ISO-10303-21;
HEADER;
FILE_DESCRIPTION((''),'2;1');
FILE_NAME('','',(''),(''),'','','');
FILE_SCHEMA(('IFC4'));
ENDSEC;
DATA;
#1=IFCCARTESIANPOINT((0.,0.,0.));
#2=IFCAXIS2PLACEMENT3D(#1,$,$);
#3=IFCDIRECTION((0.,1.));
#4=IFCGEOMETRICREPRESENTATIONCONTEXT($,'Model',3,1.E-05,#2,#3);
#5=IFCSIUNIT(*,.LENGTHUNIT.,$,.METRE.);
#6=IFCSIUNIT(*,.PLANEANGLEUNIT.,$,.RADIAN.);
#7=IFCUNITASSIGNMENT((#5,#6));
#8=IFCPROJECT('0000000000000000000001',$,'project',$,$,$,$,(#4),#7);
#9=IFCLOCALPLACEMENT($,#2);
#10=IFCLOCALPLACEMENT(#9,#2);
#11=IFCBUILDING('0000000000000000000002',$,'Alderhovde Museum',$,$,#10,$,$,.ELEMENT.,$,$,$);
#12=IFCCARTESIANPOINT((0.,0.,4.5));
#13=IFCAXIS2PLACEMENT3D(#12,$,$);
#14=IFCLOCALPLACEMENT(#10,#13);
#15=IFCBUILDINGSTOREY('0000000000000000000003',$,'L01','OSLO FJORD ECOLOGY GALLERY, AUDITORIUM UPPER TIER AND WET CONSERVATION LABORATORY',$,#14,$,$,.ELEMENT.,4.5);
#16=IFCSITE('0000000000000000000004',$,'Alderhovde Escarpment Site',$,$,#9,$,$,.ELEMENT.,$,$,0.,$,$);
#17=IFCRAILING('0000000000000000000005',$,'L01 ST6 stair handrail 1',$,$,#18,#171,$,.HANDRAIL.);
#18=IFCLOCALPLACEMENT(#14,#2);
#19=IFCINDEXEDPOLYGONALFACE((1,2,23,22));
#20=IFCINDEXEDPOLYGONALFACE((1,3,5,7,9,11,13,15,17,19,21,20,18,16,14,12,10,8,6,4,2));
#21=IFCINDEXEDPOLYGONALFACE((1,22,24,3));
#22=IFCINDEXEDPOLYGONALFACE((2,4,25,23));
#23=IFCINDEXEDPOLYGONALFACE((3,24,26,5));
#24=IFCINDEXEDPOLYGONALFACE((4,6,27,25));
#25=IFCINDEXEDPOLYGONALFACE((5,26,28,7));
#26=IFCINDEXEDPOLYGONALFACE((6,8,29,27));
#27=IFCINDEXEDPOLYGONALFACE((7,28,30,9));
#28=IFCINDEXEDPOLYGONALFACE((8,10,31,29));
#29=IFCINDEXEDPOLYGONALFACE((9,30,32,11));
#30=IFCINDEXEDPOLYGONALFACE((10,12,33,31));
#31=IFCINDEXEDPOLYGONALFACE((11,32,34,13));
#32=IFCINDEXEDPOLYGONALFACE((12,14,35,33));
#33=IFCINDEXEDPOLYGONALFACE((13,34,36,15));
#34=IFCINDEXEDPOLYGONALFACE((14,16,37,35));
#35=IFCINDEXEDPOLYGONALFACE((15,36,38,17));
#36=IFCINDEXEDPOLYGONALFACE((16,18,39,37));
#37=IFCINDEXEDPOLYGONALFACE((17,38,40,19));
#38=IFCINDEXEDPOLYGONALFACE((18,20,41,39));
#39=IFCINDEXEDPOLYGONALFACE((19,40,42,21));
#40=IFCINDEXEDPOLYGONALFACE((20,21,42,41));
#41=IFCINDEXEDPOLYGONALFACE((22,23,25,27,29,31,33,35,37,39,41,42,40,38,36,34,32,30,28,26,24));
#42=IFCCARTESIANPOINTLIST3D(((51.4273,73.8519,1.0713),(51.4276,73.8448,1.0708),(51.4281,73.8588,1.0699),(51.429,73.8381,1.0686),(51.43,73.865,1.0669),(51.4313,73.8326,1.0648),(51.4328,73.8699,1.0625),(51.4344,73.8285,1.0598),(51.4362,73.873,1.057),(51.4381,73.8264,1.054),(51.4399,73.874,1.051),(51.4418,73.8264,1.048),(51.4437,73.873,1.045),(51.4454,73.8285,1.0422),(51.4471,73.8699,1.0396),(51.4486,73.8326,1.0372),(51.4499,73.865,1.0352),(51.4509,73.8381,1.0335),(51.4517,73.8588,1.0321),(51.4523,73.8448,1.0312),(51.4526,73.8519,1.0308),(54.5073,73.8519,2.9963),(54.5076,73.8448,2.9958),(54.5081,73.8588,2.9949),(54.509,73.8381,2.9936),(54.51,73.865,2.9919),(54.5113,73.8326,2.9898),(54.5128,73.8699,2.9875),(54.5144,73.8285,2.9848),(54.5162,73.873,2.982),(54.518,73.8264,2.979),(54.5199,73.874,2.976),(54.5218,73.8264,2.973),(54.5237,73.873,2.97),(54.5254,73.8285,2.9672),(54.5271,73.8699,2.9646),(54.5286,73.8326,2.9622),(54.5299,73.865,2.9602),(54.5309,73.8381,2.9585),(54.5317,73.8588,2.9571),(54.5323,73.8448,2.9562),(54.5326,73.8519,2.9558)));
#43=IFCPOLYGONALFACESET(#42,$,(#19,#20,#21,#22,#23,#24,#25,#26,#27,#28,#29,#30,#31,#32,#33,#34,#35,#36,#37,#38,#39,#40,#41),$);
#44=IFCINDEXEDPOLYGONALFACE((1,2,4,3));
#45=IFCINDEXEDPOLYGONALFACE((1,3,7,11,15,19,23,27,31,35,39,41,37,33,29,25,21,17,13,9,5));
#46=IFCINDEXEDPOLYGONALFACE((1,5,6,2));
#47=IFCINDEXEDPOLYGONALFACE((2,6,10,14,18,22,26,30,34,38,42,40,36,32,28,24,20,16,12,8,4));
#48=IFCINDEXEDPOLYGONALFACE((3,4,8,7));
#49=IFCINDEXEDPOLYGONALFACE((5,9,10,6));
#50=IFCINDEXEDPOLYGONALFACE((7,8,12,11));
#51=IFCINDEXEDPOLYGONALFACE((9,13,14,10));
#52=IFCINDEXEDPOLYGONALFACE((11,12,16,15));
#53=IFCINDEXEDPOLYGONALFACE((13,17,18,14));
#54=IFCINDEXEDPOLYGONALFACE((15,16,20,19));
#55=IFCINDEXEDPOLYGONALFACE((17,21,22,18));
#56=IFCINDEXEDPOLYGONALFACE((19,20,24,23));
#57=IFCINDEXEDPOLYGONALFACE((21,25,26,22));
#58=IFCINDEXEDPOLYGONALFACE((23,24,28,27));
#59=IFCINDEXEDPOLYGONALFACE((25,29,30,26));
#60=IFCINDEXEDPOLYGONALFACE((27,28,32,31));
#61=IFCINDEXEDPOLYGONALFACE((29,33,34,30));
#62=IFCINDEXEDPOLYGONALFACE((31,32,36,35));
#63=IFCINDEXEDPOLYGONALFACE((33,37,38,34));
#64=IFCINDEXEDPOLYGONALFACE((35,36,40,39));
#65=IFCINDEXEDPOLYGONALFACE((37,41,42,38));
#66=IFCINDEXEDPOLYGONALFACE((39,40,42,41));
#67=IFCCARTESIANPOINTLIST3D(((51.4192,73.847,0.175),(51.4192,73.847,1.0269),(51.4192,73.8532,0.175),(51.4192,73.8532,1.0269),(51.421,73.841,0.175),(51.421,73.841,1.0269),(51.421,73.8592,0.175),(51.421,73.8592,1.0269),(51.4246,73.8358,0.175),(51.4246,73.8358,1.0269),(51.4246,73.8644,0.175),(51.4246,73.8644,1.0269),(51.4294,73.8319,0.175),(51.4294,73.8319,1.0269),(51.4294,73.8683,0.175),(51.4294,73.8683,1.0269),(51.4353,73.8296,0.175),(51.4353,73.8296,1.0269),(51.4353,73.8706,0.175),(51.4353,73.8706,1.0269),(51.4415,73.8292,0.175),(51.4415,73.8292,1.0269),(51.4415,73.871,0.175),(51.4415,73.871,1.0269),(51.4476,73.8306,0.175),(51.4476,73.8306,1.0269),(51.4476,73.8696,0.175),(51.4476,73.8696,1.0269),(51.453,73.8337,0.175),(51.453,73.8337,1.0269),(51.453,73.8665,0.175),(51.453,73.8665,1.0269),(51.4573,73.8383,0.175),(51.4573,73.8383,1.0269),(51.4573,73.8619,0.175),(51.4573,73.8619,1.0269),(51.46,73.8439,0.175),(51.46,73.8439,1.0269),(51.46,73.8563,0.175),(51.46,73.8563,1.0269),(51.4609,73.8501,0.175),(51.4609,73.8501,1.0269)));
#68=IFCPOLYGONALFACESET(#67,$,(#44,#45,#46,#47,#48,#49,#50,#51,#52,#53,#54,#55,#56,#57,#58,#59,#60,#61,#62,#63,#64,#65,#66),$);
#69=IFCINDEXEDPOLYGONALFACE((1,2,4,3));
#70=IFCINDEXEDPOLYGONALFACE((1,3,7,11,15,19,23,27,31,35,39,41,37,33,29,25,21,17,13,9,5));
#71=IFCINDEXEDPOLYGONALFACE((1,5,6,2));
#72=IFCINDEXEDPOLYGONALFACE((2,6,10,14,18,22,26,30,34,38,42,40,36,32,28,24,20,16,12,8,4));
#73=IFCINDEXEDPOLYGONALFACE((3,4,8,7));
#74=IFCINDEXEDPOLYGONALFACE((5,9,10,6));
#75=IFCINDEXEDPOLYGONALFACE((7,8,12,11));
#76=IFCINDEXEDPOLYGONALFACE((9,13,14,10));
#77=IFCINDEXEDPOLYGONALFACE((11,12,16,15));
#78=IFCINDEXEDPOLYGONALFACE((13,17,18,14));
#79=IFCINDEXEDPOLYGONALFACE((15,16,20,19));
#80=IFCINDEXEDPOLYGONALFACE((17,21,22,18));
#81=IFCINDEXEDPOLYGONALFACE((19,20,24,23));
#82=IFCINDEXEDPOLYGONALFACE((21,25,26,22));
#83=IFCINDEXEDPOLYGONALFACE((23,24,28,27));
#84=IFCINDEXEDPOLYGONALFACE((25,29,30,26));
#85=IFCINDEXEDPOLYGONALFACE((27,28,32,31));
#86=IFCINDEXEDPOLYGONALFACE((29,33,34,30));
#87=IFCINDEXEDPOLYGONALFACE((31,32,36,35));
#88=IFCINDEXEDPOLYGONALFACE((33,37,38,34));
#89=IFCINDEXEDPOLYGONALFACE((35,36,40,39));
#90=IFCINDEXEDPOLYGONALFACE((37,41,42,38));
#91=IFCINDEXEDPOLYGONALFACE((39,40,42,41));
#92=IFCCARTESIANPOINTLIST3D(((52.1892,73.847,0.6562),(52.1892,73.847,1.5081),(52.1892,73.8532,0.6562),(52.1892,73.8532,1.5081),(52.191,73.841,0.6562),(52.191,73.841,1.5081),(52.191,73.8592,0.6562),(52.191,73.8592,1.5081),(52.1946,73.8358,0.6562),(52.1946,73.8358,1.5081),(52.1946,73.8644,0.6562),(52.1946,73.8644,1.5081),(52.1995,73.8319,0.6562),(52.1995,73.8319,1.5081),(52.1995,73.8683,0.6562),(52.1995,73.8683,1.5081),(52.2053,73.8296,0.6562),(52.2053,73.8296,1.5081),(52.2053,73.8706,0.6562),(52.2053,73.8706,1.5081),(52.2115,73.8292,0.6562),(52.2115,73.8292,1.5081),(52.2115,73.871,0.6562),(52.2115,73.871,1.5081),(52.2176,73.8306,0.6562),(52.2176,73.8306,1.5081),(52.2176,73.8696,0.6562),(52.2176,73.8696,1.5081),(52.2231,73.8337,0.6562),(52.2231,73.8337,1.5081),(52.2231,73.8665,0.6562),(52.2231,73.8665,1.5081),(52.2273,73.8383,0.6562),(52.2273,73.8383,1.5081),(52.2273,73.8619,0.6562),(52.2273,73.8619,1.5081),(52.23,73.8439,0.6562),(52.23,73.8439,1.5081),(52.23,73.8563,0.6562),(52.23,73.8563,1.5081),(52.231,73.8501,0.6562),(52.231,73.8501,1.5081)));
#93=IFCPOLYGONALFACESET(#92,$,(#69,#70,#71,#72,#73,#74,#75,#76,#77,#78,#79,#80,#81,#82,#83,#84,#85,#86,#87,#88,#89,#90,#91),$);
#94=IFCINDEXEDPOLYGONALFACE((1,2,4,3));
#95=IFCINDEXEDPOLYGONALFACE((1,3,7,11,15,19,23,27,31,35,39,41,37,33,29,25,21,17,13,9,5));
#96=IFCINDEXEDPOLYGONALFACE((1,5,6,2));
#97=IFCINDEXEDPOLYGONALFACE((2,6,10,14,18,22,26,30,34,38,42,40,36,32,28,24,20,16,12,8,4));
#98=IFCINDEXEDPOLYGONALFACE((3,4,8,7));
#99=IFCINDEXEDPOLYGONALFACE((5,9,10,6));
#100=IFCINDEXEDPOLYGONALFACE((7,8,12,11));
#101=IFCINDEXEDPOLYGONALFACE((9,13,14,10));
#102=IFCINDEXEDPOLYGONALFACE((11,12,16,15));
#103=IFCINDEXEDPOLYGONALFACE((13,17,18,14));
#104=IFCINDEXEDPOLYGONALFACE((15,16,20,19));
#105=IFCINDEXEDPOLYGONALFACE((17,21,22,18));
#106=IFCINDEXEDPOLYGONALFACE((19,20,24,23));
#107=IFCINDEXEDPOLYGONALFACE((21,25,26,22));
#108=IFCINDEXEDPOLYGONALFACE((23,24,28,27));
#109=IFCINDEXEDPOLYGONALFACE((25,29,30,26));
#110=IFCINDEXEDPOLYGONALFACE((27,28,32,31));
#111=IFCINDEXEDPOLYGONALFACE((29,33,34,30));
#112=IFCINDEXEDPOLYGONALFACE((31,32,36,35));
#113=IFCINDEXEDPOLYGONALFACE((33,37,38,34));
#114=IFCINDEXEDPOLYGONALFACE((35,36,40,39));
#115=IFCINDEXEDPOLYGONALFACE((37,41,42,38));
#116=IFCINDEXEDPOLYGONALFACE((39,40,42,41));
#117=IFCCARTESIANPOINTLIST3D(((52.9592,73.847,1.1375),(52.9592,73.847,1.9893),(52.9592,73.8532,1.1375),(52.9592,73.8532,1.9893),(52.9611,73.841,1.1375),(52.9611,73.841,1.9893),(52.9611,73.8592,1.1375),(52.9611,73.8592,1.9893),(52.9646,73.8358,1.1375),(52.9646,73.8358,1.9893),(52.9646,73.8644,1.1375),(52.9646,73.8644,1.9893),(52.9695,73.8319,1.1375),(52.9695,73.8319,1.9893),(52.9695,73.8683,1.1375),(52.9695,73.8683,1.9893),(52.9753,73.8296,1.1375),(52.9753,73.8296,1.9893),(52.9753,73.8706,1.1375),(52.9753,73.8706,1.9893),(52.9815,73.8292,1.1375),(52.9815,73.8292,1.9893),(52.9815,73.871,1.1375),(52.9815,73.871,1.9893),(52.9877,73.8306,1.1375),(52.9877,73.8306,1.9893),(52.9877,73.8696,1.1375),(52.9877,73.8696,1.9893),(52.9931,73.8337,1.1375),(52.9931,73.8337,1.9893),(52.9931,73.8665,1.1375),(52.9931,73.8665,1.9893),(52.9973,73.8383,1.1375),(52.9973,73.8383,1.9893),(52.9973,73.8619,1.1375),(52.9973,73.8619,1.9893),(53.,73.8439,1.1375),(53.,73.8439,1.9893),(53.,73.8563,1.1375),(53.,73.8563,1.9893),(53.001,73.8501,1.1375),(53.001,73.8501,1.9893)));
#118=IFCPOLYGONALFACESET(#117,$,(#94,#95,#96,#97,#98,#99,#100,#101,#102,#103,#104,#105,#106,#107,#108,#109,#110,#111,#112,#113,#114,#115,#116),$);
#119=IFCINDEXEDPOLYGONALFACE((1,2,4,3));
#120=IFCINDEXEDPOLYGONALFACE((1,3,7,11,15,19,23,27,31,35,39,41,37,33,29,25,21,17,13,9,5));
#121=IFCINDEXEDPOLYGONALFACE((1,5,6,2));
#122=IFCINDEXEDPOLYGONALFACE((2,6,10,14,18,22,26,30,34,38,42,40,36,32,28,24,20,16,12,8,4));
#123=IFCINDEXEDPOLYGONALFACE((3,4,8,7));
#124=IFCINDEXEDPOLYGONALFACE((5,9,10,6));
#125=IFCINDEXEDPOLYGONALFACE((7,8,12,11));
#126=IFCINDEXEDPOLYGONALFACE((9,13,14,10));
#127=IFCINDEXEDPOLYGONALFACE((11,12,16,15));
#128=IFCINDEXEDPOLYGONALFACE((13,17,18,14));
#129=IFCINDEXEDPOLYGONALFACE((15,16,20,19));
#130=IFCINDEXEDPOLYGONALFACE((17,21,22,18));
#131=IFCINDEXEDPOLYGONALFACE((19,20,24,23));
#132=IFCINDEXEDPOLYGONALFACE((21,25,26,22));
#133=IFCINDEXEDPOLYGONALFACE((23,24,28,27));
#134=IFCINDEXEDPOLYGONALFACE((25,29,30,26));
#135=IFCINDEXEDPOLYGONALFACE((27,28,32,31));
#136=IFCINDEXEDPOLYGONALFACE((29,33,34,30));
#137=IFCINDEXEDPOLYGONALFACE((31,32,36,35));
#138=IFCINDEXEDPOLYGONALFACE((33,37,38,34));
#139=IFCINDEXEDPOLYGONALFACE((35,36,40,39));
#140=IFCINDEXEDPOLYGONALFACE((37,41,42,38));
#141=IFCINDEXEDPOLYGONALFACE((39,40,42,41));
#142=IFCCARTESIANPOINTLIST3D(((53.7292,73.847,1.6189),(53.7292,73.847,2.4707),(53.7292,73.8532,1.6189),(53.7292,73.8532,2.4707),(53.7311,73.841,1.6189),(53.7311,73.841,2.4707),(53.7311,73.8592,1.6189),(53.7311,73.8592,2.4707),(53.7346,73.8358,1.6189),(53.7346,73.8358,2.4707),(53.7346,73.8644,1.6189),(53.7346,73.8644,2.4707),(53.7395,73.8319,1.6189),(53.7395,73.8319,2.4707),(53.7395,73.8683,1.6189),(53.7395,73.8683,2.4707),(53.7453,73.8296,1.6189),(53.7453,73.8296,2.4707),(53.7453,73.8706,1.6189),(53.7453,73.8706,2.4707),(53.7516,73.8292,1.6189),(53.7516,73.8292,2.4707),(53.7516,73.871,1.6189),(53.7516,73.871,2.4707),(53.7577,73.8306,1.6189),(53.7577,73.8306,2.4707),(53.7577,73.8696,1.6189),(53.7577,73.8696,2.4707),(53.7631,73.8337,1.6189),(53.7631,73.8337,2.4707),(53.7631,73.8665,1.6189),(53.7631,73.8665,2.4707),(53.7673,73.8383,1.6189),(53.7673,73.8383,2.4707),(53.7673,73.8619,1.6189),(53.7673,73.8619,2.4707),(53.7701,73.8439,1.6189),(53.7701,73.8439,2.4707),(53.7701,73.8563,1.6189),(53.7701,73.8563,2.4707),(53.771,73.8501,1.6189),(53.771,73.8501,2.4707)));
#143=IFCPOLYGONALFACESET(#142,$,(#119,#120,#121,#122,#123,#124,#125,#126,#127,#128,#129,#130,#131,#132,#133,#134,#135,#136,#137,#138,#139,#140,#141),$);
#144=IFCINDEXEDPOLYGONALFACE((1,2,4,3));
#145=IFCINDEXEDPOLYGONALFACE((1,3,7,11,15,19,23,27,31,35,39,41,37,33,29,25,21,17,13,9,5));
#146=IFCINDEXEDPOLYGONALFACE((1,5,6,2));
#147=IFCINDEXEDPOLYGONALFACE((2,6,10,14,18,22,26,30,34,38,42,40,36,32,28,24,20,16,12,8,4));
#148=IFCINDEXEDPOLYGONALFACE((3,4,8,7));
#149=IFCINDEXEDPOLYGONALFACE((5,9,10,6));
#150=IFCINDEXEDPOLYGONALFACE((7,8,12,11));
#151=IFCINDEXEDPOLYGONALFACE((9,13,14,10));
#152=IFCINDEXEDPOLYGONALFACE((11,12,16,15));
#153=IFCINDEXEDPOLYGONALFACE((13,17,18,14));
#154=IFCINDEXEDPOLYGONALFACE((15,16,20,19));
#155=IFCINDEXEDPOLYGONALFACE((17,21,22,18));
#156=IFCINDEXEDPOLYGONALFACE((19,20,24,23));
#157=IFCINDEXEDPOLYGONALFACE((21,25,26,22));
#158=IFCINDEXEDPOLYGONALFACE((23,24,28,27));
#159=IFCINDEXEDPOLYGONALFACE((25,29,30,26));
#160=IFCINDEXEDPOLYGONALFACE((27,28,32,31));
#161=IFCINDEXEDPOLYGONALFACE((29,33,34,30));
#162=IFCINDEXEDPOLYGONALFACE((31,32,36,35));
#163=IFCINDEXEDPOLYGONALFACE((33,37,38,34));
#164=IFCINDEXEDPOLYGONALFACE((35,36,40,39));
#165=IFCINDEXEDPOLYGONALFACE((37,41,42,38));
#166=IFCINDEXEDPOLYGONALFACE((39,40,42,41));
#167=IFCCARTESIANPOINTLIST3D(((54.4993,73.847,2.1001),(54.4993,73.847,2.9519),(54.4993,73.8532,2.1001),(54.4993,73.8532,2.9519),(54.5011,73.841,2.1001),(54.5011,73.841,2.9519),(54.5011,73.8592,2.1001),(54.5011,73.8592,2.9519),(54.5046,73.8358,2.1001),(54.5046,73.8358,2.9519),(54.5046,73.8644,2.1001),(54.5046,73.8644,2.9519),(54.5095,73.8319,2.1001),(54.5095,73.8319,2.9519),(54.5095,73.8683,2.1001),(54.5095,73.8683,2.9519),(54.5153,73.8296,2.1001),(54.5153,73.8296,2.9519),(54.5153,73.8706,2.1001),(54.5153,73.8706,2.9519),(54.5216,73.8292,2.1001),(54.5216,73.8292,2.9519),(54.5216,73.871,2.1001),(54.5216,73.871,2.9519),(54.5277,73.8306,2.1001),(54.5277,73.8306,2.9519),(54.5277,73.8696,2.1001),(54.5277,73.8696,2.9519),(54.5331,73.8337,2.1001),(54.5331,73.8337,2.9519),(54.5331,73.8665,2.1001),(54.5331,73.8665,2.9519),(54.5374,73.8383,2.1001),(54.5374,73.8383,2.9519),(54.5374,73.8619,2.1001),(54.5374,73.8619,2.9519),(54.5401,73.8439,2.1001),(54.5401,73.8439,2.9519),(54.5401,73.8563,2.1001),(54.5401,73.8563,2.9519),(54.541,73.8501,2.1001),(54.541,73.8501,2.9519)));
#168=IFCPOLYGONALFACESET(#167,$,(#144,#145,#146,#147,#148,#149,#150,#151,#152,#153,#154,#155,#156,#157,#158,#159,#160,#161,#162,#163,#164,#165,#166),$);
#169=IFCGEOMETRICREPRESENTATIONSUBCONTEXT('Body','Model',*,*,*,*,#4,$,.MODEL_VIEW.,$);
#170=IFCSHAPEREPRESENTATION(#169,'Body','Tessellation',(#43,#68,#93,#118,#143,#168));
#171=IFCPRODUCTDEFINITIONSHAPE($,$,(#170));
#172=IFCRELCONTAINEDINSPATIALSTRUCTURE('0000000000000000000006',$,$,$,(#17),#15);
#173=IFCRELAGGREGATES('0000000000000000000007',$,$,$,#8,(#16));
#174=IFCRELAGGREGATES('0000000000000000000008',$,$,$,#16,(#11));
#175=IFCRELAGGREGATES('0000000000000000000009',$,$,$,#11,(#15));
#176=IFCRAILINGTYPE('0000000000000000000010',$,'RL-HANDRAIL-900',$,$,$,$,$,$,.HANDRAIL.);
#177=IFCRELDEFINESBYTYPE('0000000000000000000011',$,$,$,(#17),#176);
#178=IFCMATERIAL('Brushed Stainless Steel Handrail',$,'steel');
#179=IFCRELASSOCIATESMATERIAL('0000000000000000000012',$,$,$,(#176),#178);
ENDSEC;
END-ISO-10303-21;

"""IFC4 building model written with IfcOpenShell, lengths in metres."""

from ifc_helpers import new_model, si_unit, direction, frame, origin, origin_2d, place, context, subcontext, project, spatial, circle, extrude, material, type_object, element, save


model = new_model("IFC4")

# Units and contexts
model_context = context("Model", 3, precision=1e-05, world=origin(), true_north=direction((0.0, 1.0)))
body_context = subcontext(model_context, "Body", "Model", "MODEL_VIEW")
ifc_project = project(units=[si_unit("LENGTHUNIT", "METRE"), si_unit("PLANEANGLEUNIT", "RADIAN")], contexts=[model_context])

# Site, building, storey
site_placement = place(None, origin())
site = spatial("IfcSite", under=ifc_project, at=site_placement, Name="Alderhovde Escarpment Site", CompositionType="ELEMENT", RefElevation=0.0)
building_placement = place(site_placement, origin())
building = spatial("IfcBuilding", under=site, at=building_placement, Name="Alderhovde Museum", CompositionType="ELEMENT")
storey_placement = place(building_placement, frame((0.0, 0.0, 4.5)))
storey = spatial("IfcBuildingStorey", under=building, at=storey_placement, Name="L01", Description="OSLO FJORD ECOLOGY GALLERY, AUDITORIUM UPPER TIER AND WET CONSERVATION LABORATORY", CompositionType="ELEMENT", Elevation=4.5)

# Railing
ifc_material_1 = material(Name="Brushed Stainless Steel Handrail", Category="steel")
railing_type_1 = type_object("IfcRailingType", Name="RL-HANDRAIL-900", PredefinedType="HANDRAIL", material=ifc_material_1)
railing_1_placement = place(storey_placement, frame((51.4399, 73.8501, 0.175)))
element("IfcRailing", 1, at=railing_1_placement, inside=storey, type_object=railing_type_1, Name="L01 ST6 stair handrail 1", PredefinedType="HANDRAIL", context=body_context, shape_type="SweptSolid", body=[
    extrude(circle(Radius=0.0239, at=origin_2d()), frame((0.0, 0.0, 0.876), z_axis=(0.847998, 0.0, 0.529999), x_axis=(0.0, 1.0, 0.0)), (0.0, 0.0, 1.0), 3.6321),
    extrude(circle(Radius=0.021, at=origin_2d()), origin(), (0.0, 0.0, 1.0), 0.8518),
    extrude(circle(Radius=0.021, at=origin_2d()), frame((0.77, 0.0, 0.4812)), (0.0, 0.0, 1.0), 0.8518),
    extrude(circle(Radius=0.021, at=origin_2d()), frame((1.54, 0.0, 0.9624)), (0.0, 0.0, 1.0), 0.8518),
    extrude(circle(Radius=0.021, at=origin_2d()), frame((2.3101, 0.0, 1.4438)), (0.0, 0.0, 1.0), 0.8518),
    extrude(circle(Radius=0.021, at=origin_2d()), frame((3.0801, 0.0, 1.925)), (0.0, 0.0, 1.0), 0.8518),
])

save(model, "model.ifc")
